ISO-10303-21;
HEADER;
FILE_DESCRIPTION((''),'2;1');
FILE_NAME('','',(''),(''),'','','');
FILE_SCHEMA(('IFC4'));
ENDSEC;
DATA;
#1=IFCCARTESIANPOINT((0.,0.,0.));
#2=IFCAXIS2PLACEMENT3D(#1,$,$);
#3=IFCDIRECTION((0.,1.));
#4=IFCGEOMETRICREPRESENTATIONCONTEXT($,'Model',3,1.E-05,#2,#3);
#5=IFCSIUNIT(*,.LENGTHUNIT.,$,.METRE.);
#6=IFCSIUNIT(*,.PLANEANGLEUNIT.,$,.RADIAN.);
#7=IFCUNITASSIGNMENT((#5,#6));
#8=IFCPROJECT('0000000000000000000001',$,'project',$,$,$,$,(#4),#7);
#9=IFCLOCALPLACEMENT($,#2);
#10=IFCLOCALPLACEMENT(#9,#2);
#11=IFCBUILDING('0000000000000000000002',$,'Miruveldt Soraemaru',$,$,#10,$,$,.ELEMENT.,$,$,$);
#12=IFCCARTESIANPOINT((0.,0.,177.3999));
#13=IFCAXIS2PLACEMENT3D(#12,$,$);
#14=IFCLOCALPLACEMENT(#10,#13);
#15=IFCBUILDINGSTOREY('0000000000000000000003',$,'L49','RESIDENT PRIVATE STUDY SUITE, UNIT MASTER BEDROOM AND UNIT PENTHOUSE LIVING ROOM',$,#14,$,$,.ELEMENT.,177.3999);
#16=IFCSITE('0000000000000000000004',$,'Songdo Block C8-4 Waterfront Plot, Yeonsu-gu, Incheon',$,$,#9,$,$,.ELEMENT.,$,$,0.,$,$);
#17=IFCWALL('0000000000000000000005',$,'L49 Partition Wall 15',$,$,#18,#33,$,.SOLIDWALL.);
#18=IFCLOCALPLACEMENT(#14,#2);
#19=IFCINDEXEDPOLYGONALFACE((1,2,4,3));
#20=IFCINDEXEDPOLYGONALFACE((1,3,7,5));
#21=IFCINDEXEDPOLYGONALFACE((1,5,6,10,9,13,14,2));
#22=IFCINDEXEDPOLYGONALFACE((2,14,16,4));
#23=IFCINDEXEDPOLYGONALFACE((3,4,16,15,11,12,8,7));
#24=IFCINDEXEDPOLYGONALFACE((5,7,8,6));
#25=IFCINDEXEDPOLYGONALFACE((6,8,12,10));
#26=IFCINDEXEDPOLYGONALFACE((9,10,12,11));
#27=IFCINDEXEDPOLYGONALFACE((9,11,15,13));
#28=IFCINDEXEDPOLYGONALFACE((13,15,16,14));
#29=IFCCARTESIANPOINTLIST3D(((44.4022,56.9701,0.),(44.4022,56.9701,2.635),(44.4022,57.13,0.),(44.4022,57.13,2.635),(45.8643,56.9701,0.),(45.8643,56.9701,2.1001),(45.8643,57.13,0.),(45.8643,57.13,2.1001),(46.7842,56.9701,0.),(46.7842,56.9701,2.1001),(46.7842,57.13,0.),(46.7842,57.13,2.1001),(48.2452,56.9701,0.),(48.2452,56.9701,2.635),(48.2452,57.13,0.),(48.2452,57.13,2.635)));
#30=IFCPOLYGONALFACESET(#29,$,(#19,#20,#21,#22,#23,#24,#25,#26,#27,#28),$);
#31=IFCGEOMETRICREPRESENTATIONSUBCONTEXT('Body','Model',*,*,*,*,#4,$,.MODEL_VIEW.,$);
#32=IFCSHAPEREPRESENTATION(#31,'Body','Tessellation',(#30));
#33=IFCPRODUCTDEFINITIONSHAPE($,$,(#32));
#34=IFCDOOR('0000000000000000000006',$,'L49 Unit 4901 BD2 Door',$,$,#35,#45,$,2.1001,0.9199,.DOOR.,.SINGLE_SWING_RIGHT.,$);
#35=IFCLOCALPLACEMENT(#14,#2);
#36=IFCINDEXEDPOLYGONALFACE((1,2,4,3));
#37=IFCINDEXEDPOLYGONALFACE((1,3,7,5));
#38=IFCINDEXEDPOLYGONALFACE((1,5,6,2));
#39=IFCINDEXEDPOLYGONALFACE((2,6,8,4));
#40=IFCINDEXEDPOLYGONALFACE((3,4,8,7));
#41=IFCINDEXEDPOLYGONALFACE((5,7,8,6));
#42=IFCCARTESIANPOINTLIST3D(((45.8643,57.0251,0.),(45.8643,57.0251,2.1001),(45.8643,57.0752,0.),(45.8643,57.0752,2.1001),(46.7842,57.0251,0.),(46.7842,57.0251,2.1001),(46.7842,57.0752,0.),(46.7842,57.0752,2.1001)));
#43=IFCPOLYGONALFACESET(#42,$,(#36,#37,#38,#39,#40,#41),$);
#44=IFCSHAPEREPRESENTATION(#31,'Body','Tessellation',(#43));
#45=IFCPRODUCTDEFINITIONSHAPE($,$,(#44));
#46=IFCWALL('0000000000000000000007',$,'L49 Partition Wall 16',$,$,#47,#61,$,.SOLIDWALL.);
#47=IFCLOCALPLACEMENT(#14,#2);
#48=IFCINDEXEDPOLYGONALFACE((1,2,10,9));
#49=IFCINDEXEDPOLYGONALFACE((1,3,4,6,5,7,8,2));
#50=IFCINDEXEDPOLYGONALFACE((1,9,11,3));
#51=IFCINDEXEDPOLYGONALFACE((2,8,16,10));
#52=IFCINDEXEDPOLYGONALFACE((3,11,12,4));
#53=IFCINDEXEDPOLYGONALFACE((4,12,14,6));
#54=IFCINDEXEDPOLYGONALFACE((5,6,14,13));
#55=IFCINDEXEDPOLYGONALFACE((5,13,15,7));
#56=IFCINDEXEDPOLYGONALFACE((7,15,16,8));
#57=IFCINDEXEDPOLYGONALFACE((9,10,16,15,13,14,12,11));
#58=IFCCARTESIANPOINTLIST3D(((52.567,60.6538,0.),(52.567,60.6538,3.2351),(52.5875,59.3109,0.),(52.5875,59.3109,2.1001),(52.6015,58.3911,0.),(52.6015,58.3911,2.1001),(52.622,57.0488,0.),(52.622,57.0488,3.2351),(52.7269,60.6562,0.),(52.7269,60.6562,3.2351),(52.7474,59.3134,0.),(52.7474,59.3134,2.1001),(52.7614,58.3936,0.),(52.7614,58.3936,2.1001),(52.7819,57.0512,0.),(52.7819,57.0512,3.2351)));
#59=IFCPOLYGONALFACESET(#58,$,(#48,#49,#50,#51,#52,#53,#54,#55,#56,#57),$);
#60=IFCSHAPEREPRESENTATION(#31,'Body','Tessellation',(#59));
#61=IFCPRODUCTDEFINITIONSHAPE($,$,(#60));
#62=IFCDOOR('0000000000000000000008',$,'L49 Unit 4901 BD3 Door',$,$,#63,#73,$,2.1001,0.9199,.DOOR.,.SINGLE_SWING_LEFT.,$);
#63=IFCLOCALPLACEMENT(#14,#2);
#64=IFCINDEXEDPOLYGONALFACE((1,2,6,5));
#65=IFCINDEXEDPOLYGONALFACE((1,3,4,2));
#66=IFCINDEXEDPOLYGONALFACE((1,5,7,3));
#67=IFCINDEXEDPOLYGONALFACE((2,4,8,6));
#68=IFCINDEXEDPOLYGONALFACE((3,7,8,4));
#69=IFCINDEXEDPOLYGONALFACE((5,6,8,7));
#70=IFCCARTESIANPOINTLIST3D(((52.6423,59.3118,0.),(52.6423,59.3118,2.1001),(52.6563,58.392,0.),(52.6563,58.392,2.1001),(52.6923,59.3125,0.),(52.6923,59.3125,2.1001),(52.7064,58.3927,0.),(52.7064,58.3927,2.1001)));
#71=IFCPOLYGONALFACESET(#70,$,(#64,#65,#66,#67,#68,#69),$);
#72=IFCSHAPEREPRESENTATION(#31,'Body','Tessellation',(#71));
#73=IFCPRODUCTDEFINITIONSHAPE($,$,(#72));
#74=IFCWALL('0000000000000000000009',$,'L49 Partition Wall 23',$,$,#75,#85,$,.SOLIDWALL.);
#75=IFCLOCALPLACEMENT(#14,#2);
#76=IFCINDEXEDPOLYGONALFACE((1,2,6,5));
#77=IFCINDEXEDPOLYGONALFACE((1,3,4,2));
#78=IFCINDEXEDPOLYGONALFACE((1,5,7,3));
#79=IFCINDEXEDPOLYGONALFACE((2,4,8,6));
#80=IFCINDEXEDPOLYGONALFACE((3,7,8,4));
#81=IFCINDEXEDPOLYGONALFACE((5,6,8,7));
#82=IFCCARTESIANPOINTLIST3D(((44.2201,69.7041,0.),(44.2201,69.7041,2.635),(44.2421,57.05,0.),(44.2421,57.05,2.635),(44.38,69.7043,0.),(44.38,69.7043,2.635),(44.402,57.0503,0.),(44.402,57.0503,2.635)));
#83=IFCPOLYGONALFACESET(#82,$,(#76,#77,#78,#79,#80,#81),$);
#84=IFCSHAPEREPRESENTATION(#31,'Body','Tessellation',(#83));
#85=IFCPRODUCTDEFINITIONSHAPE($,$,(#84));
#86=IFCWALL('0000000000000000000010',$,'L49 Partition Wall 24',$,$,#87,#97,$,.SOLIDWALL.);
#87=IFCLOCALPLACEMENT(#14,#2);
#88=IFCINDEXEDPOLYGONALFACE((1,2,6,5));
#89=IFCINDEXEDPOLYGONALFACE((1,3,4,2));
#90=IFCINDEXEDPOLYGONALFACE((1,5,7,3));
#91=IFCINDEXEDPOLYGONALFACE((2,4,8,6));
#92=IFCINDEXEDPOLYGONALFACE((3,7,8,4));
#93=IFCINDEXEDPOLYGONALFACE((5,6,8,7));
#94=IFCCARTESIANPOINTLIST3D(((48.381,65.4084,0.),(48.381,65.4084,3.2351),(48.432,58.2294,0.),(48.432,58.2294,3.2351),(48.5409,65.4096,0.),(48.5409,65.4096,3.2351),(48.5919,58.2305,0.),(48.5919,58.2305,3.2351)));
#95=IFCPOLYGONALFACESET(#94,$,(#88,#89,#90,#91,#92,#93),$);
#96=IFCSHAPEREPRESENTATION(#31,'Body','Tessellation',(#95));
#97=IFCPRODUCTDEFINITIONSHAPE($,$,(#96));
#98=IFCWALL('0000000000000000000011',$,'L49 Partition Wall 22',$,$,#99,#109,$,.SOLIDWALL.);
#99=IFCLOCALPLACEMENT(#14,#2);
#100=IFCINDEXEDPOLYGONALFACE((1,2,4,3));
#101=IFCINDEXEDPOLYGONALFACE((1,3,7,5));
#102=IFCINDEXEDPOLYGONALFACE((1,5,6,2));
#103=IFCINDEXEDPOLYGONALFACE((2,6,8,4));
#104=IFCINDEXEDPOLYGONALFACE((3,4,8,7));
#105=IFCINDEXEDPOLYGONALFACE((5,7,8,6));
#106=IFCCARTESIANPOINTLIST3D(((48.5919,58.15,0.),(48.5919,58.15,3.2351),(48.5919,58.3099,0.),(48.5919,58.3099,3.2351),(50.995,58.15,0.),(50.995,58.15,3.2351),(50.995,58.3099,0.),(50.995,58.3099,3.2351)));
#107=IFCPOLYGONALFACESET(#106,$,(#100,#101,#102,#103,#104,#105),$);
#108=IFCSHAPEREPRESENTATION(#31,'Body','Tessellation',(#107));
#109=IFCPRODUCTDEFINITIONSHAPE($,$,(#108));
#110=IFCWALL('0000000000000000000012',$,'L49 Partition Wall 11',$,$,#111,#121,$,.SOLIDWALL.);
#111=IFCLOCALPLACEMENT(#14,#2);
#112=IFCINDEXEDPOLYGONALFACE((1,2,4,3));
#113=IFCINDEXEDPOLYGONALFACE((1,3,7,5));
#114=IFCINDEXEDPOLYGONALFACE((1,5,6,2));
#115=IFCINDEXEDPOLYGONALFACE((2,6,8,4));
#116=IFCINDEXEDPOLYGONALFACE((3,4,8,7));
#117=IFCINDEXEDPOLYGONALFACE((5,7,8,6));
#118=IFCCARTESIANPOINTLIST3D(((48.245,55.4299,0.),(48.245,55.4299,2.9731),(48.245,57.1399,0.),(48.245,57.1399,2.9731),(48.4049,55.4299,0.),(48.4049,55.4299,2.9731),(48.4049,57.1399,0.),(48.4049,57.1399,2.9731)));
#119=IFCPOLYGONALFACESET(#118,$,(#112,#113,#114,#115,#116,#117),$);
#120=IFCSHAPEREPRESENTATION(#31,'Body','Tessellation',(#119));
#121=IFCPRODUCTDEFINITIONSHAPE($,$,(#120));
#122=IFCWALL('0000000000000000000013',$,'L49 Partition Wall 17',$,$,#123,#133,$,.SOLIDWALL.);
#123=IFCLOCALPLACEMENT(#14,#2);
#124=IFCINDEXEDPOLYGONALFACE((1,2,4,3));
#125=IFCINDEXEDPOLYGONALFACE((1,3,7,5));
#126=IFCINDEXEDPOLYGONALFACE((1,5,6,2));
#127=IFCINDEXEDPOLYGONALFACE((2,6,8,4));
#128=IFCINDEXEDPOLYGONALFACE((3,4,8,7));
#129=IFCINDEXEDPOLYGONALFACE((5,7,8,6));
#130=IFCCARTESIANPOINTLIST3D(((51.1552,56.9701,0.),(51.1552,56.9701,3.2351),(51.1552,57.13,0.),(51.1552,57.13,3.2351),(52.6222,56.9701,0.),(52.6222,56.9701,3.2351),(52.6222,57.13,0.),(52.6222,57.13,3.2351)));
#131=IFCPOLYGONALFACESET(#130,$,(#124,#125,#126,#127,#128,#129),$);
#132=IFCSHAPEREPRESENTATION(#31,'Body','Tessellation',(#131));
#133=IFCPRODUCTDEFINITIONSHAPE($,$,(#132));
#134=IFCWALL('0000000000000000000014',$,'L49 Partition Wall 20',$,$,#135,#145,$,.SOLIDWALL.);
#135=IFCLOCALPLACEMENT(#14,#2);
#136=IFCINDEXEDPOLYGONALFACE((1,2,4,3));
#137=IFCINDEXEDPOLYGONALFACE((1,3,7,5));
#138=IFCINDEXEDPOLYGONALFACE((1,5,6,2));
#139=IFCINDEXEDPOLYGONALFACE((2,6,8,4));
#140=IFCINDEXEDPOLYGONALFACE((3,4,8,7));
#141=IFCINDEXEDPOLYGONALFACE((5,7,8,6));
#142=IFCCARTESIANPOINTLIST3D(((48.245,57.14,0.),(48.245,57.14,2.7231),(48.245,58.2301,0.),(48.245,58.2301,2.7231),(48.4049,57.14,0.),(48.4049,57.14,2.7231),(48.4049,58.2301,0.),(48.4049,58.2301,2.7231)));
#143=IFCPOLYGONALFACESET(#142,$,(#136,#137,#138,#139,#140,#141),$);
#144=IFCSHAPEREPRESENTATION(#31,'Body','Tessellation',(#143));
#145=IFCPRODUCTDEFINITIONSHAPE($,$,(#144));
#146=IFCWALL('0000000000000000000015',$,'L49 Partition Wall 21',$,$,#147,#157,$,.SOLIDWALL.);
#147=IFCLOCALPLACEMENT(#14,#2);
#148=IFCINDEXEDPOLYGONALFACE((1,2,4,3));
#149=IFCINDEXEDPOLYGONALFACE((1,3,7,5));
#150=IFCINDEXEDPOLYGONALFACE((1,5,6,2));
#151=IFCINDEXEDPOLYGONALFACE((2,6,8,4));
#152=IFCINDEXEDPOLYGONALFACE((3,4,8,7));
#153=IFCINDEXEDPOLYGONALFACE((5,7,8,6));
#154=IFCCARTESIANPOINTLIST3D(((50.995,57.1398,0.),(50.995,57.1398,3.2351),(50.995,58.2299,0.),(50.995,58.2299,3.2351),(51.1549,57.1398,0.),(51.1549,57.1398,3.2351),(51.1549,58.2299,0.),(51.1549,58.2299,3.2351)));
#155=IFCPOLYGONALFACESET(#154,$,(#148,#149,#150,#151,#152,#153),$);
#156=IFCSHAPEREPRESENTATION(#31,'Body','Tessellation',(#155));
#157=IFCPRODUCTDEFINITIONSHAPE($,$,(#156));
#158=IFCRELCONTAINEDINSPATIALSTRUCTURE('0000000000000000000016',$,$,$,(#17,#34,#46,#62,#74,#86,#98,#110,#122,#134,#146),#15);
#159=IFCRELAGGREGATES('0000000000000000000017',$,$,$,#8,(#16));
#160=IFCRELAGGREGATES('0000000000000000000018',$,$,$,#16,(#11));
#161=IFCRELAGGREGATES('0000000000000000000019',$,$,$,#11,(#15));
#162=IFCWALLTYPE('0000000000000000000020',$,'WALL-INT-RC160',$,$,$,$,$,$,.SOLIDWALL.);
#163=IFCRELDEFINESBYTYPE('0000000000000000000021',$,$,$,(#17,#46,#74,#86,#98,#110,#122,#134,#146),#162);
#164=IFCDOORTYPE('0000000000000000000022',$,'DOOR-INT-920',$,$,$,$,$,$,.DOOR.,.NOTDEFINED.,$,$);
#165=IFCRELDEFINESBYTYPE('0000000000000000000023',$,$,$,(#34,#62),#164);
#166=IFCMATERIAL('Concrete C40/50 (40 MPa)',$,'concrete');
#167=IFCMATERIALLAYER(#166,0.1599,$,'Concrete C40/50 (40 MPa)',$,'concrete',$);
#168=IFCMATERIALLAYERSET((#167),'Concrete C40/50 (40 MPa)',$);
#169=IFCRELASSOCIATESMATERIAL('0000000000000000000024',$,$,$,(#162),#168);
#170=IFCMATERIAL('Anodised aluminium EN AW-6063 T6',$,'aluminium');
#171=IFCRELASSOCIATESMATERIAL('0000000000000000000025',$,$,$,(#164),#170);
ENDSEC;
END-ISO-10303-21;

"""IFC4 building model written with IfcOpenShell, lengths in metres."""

from ifc_helpers import new_model, si_unit, direction, frame, frame_2d, origin, place, context, subcontext, project, spatial, rectangle, extrude, material, layer, layer_set, type_object, element, fill, save


model = new_model("IFC4")

# Units and contexts
model_context = context("Model", 3, precision=1e-05, world=origin(), true_north=direction((0.0, 1.0)))
body_context = subcontext(model_context, "Body", "Model", "MODEL_VIEW")
ifc_project = project(units=[si_unit("LENGTHUNIT", "METRE"), si_unit("PLANEANGLEUNIT", "RADIAN")], contexts=[model_context])

# Site, building, storey
site_placement = place(None, origin())
site = spatial("IfcSite", under=ifc_project, at=site_placement, Name="Songdo Block C8-4 Waterfront Plot, Yeonsu-gu, Incheon", CompositionType="ELEMENT", RefElevation=0.0)
building_placement = place(site_placement, origin())
building = spatial("IfcBuilding", under=site, at=building_placement, Name="Miruveldt Soraemaru", CompositionType="ELEMENT")
storey_placement = place(building_placement, frame((0.0, 0.0, 177.3999)))
storey = spatial("IfcBuildingStorey", under=building, at=storey_placement, Name="L49", Description="RESIDENT PRIVATE STUDY SUITE, UNIT MASTER BEDROOM AND UNIT PENTHOUSE LIVING ROOM", CompositionType="ELEMENT", Elevation=177.3999)

# Walls, openings, doors
ifc_material_1 = material(Name="Concrete C40/50 (40 MPa)", Category="concrete")
ifc_layer_1 = layer(ifc_material_1, 0.1599, Name="Concrete C40/50 (40 MPa)", Category="concrete")
ifc_layer_set_1 = layer_set([ifc_layer_1], Name="Concrete C40/50 (40 MPa)")
wall_type_1 = type_object("IfcWallType", Name="WALL-INT-RC160", PredefinedType="SOLIDWALL", material=ifc_layer_set_1)
wall_1_placement = place(storey_placement, frame((48.2451, 57.05, 0.0), z_axis=(0.0, 0.0, 1.0), x_axis=(-1.0, 0.0, 0.0)))
wall_1 = element("IfcWall", 1, at=wall_1_placement, inside=storey, type_object=wall_type_1, Name="L49 Partition Wall 15", PredefinedType="SOLIDWALL", context=body_context, shape_type="SweptSolid", body=[
    extrude(rectangle(XDim=3.843, YDim=0.1599, at=frame_2d((1.9214, 0.0))), origin(), (0.0, 0.0, 1.0), 2.635),
])
opening_1_placement = place(wall_1_placement, frame((1.4609, 0.0, 0.0)))
opening_1 = element("IfcOpeningElement", 2, at=opening_1_placement, cuts=wall_1, PredefinedType="OPENING", context=body_context, shape_type="SweptSolid", body=[
    extrude(rectangle(XDim=0.9199, YDim=2.1001, at=frame_2d((0.46, 1.05))), frame((0.0, 0.0898, 0.0), z_axis=(0.0, -1.0, 0.0), x_axis=(1.0, 0.0, 0.0)), (0.0, 0.0, 1.0), 0.1799),
])
ifc_material_2 = material(Name="Anodised aluminium EN AW-6063 T6", Category="aluminium")
door_type = type_object("IfcDoorType", Name="DOOR-INT-920", OperationType="NOTDEFINED", PredefinedType="DOOR", material=ifc_material_2)
door_1_placement = place(opening_1_placement, origin())
door_1 = element("IfcDoor", 3, at=door_1_placement, inside=storey, type_object=door_type, Name="L49 Unit 4901 BD2 Door", OperationType="SINGLE_SWING_RIGHT", OverallHeight=2.1001, OverallWidth=0.9199, PredefinedType="DOOR", context=body_context, shape_type="SweptSolid", body=[
    extrude(rectangle(XDim=0.9199, YDim=2.1001, at=frame_2d((0.46, 1.05))), frame((0.0, 0.0249, 0.0), z_axis=(0.0, -1.0, 0.0), x_axis=(1.0, 0.0, 0.0)), (0.0, 0.0, 1.0), 0.05),
])
fill(opening_1, door_1)
wall_2_placement = place(storey_placement, frame((52.647, 60.655, 0.0), z_axis=(0.0, 0.0, 1.0), x_axis=(0.015236, -0.999884, 0.0)))
wall_2 = element("IfcWall", 4, at=wall_2_placement, inside=storey, type_object=wall_type_1, Name="L49 Partition Wall 16", PredefinedType="SOLIDWALL", context=body_context, shape_type="SweptSolid", body=[
    extrude(rectangle(XDim=3.6055, YDim=0.1599, at=frame_2d((1.8027, 0.0))), origin(), (0.0, 0.0, 1.0), 3.2351),
])
opening_2_placement = place(wall_2_placement, frame((1.343, 0.0, 0.0)))
opening_2 = element("IfcOpeningElement", 5, at=opening_2_placement, cuts=wall_2, PredefinedType="OPENING", context=body_context, shape_type="SweptSolid", body=[
    extrude(rectangle(XDim=0.9199, YDim=2.1001, at=frame_2d((0.46, 1.05))), frame((0.0, 0.0898, 0.0), z_axis=(0.0, -1.0, 0.0), x_axis=(1.0, 0.0, 0.0)), (0.0, 0.0, 1.0), 0.1799),
])
door_2_placement = place(opening_2_placement, origin())
door_2 = element("IfcDoor", 6, at=door_2_placement, inside=storey, type_object=door_type, Name="L49 Unit 4901 BD3 Door", OperationType="SINGLE_SWING_LEFT", OverallHeight=2.1001, OverallWidth=0.9199, PredefinedType="DOOR", context=body_context, shape_type="SweptSolid", body=[
    extrude(rectangle(XDim=0.9199, YDim=2.1001, at=frame_2d((0.46, 1.05))), frame((0.0, 0.0249, 0.0), z_axis=(0.0, -1.0, 0.0), x_axis=(1.0, 0.0, 0.0)), (0.0, 0.0, 1.0), 0.05),
])
fill(opening_2, door_2)

# Walls
wall_3_placement = place(storey_placement, frame((44.322, 57.05, 0.0), z_axis=(0.0, 0.0, 1.0), x_axis=(-0.001736, 0.999998, 0.0)))
element("IfcWall", 7, at=wall_3_placement, inside=storey, type_object=wall_type_1, Name="L49 Partition Wall 23", PredefinedType="SOLIDWALL", context=body_context, shape_type="SweptSolid", body=[
    extrude(rectangle(XDim=12.6541, YDim=0.1599, at=frame_2d((6.3271, 0.0))), origin(), (0.0, 0.0, 1.0), 2.635),
])
wall_4_placement = place(storey_placement, frame((48.512, 58.23, 0.0), z_axis=(0.0, 0.0, 1.0), x_axis=(-0.007107, 0.999975, 0.0)))
element("IfcWall", 8, at=wall_4_placement, inside=storey, type_object=wall_type_1, Name="L49 Partition Wall 24", PredefinedType="SOLIDWALL", context=body_context, shape_type="SweptSolid", body=[
    extrude(rectangle(XDim=7.1792, YDim=0.1599, at=frame_2d((3.5896, 0.0))), origin(), (0.0, 0.0, 1.0), 3.2351),
])
wall_5_placement = place(storey_placement, frame((50.9951, 58.23, 0.0), z_axis=(0.0, 0.0, 1.0), x_axis=(-1.0, 0.0, 0.0)))
element("IfcWall", 9, at=wall_5_placement, inside=storey, type_object=wall_type_1, Name="L49 Partition Wall 22", PredefinedType="SOLIDWALL", context=body_context, shape_type="SweptSolid", body=[
    extrude(rectangle(XDim=2.4031, YDim=0.1599, at=frame_2d((1.2017, 0.0))), origin(), (0.0, 0.0, 1.0), 3.2351),
])
wall_6_placement = place(storey_placement, frame((48.325, 57.1399, 0.0), z_axis=(0.0, 0.0, 1.0), x_axis=(0.0, -1.0, 0.0)))
element("IfcWall", 10, at=wall_6_placement, inside=storey, type_object=wall_type_1, Name="L49 Partition Wall 11", PredefinedType="SOLIDWALL", context=body_context, shape_type="SweptSolid", body=[
    extrude(rectangle(XDim=1.71, YDim=0.1599, at=frame_2d((0.855, 0.0))), origin(), (0.0, 0.0, 1.0), 2.9731),
])
wall_7_placement = place(storey_placement, frame((52.6221, 57.05, 0.0), z_axis=(0.0, 0.0, 1.0), x_axis=(-1.0, 0.0, 0.0)))
element("IfcWall", 11, at=wall_7_placement, inside=storey, type_object=wall_type_1, Name="L49 Partition Wall 17", PredefinedType="SOLIDWALL", context=body_context, shape_type="SweptSolid", body=[
    extrude(rectangle(XDim=1.467, YDim=0.1599, at=frame_2d((0.7334, 0.0))), origin(), (0.0, 0.0, 1.0), 3.2351),
])
wall_8_placement = place(storey_placement, frame((48.325, 58.23, 0.0), z_axis=(0.0, 0.0, 1.0), x_axis=(0.0, -1.0, 0.0)))
element("IfcWall", 12, at=wall_8_placement, inside=storey, type_object=wall_type_1, Name="L49 Partition Wall 20", PredefinedType="SOLIDWALL", context=body_context, shape_type="SweptSolid", body=[
    extrude(rectangle(XDim=1.0901, YDim=0.1599, at=frame_2d((0.5449, 0.0))), origin(), (0.0, 0.0, 1.0), 2.7231),
])
wall_9_placement = place(storey_placement, frame((51.075, 57.1399, 0.0), z_axis=(0.0, 0.0, 1.0), x_axis=(0.0, 1.0, 0.0)))
element("IfcWall", 13, at=wall_9_placement, inside=storey, type_object=wall_type_1, Name="L49 Partition Wall 21", PredefinedType="SOLIDWALL", context=body_context, shape_type="SweptSolid", body=[
    extrude(rectangle(XDim=1.0901, YDim=0.1599, at=frame_2d((0.5449, 0.0))), origin(), (0.0, 0.0, 1.0), 3.2351),
])

save(model, "model.ifc")
